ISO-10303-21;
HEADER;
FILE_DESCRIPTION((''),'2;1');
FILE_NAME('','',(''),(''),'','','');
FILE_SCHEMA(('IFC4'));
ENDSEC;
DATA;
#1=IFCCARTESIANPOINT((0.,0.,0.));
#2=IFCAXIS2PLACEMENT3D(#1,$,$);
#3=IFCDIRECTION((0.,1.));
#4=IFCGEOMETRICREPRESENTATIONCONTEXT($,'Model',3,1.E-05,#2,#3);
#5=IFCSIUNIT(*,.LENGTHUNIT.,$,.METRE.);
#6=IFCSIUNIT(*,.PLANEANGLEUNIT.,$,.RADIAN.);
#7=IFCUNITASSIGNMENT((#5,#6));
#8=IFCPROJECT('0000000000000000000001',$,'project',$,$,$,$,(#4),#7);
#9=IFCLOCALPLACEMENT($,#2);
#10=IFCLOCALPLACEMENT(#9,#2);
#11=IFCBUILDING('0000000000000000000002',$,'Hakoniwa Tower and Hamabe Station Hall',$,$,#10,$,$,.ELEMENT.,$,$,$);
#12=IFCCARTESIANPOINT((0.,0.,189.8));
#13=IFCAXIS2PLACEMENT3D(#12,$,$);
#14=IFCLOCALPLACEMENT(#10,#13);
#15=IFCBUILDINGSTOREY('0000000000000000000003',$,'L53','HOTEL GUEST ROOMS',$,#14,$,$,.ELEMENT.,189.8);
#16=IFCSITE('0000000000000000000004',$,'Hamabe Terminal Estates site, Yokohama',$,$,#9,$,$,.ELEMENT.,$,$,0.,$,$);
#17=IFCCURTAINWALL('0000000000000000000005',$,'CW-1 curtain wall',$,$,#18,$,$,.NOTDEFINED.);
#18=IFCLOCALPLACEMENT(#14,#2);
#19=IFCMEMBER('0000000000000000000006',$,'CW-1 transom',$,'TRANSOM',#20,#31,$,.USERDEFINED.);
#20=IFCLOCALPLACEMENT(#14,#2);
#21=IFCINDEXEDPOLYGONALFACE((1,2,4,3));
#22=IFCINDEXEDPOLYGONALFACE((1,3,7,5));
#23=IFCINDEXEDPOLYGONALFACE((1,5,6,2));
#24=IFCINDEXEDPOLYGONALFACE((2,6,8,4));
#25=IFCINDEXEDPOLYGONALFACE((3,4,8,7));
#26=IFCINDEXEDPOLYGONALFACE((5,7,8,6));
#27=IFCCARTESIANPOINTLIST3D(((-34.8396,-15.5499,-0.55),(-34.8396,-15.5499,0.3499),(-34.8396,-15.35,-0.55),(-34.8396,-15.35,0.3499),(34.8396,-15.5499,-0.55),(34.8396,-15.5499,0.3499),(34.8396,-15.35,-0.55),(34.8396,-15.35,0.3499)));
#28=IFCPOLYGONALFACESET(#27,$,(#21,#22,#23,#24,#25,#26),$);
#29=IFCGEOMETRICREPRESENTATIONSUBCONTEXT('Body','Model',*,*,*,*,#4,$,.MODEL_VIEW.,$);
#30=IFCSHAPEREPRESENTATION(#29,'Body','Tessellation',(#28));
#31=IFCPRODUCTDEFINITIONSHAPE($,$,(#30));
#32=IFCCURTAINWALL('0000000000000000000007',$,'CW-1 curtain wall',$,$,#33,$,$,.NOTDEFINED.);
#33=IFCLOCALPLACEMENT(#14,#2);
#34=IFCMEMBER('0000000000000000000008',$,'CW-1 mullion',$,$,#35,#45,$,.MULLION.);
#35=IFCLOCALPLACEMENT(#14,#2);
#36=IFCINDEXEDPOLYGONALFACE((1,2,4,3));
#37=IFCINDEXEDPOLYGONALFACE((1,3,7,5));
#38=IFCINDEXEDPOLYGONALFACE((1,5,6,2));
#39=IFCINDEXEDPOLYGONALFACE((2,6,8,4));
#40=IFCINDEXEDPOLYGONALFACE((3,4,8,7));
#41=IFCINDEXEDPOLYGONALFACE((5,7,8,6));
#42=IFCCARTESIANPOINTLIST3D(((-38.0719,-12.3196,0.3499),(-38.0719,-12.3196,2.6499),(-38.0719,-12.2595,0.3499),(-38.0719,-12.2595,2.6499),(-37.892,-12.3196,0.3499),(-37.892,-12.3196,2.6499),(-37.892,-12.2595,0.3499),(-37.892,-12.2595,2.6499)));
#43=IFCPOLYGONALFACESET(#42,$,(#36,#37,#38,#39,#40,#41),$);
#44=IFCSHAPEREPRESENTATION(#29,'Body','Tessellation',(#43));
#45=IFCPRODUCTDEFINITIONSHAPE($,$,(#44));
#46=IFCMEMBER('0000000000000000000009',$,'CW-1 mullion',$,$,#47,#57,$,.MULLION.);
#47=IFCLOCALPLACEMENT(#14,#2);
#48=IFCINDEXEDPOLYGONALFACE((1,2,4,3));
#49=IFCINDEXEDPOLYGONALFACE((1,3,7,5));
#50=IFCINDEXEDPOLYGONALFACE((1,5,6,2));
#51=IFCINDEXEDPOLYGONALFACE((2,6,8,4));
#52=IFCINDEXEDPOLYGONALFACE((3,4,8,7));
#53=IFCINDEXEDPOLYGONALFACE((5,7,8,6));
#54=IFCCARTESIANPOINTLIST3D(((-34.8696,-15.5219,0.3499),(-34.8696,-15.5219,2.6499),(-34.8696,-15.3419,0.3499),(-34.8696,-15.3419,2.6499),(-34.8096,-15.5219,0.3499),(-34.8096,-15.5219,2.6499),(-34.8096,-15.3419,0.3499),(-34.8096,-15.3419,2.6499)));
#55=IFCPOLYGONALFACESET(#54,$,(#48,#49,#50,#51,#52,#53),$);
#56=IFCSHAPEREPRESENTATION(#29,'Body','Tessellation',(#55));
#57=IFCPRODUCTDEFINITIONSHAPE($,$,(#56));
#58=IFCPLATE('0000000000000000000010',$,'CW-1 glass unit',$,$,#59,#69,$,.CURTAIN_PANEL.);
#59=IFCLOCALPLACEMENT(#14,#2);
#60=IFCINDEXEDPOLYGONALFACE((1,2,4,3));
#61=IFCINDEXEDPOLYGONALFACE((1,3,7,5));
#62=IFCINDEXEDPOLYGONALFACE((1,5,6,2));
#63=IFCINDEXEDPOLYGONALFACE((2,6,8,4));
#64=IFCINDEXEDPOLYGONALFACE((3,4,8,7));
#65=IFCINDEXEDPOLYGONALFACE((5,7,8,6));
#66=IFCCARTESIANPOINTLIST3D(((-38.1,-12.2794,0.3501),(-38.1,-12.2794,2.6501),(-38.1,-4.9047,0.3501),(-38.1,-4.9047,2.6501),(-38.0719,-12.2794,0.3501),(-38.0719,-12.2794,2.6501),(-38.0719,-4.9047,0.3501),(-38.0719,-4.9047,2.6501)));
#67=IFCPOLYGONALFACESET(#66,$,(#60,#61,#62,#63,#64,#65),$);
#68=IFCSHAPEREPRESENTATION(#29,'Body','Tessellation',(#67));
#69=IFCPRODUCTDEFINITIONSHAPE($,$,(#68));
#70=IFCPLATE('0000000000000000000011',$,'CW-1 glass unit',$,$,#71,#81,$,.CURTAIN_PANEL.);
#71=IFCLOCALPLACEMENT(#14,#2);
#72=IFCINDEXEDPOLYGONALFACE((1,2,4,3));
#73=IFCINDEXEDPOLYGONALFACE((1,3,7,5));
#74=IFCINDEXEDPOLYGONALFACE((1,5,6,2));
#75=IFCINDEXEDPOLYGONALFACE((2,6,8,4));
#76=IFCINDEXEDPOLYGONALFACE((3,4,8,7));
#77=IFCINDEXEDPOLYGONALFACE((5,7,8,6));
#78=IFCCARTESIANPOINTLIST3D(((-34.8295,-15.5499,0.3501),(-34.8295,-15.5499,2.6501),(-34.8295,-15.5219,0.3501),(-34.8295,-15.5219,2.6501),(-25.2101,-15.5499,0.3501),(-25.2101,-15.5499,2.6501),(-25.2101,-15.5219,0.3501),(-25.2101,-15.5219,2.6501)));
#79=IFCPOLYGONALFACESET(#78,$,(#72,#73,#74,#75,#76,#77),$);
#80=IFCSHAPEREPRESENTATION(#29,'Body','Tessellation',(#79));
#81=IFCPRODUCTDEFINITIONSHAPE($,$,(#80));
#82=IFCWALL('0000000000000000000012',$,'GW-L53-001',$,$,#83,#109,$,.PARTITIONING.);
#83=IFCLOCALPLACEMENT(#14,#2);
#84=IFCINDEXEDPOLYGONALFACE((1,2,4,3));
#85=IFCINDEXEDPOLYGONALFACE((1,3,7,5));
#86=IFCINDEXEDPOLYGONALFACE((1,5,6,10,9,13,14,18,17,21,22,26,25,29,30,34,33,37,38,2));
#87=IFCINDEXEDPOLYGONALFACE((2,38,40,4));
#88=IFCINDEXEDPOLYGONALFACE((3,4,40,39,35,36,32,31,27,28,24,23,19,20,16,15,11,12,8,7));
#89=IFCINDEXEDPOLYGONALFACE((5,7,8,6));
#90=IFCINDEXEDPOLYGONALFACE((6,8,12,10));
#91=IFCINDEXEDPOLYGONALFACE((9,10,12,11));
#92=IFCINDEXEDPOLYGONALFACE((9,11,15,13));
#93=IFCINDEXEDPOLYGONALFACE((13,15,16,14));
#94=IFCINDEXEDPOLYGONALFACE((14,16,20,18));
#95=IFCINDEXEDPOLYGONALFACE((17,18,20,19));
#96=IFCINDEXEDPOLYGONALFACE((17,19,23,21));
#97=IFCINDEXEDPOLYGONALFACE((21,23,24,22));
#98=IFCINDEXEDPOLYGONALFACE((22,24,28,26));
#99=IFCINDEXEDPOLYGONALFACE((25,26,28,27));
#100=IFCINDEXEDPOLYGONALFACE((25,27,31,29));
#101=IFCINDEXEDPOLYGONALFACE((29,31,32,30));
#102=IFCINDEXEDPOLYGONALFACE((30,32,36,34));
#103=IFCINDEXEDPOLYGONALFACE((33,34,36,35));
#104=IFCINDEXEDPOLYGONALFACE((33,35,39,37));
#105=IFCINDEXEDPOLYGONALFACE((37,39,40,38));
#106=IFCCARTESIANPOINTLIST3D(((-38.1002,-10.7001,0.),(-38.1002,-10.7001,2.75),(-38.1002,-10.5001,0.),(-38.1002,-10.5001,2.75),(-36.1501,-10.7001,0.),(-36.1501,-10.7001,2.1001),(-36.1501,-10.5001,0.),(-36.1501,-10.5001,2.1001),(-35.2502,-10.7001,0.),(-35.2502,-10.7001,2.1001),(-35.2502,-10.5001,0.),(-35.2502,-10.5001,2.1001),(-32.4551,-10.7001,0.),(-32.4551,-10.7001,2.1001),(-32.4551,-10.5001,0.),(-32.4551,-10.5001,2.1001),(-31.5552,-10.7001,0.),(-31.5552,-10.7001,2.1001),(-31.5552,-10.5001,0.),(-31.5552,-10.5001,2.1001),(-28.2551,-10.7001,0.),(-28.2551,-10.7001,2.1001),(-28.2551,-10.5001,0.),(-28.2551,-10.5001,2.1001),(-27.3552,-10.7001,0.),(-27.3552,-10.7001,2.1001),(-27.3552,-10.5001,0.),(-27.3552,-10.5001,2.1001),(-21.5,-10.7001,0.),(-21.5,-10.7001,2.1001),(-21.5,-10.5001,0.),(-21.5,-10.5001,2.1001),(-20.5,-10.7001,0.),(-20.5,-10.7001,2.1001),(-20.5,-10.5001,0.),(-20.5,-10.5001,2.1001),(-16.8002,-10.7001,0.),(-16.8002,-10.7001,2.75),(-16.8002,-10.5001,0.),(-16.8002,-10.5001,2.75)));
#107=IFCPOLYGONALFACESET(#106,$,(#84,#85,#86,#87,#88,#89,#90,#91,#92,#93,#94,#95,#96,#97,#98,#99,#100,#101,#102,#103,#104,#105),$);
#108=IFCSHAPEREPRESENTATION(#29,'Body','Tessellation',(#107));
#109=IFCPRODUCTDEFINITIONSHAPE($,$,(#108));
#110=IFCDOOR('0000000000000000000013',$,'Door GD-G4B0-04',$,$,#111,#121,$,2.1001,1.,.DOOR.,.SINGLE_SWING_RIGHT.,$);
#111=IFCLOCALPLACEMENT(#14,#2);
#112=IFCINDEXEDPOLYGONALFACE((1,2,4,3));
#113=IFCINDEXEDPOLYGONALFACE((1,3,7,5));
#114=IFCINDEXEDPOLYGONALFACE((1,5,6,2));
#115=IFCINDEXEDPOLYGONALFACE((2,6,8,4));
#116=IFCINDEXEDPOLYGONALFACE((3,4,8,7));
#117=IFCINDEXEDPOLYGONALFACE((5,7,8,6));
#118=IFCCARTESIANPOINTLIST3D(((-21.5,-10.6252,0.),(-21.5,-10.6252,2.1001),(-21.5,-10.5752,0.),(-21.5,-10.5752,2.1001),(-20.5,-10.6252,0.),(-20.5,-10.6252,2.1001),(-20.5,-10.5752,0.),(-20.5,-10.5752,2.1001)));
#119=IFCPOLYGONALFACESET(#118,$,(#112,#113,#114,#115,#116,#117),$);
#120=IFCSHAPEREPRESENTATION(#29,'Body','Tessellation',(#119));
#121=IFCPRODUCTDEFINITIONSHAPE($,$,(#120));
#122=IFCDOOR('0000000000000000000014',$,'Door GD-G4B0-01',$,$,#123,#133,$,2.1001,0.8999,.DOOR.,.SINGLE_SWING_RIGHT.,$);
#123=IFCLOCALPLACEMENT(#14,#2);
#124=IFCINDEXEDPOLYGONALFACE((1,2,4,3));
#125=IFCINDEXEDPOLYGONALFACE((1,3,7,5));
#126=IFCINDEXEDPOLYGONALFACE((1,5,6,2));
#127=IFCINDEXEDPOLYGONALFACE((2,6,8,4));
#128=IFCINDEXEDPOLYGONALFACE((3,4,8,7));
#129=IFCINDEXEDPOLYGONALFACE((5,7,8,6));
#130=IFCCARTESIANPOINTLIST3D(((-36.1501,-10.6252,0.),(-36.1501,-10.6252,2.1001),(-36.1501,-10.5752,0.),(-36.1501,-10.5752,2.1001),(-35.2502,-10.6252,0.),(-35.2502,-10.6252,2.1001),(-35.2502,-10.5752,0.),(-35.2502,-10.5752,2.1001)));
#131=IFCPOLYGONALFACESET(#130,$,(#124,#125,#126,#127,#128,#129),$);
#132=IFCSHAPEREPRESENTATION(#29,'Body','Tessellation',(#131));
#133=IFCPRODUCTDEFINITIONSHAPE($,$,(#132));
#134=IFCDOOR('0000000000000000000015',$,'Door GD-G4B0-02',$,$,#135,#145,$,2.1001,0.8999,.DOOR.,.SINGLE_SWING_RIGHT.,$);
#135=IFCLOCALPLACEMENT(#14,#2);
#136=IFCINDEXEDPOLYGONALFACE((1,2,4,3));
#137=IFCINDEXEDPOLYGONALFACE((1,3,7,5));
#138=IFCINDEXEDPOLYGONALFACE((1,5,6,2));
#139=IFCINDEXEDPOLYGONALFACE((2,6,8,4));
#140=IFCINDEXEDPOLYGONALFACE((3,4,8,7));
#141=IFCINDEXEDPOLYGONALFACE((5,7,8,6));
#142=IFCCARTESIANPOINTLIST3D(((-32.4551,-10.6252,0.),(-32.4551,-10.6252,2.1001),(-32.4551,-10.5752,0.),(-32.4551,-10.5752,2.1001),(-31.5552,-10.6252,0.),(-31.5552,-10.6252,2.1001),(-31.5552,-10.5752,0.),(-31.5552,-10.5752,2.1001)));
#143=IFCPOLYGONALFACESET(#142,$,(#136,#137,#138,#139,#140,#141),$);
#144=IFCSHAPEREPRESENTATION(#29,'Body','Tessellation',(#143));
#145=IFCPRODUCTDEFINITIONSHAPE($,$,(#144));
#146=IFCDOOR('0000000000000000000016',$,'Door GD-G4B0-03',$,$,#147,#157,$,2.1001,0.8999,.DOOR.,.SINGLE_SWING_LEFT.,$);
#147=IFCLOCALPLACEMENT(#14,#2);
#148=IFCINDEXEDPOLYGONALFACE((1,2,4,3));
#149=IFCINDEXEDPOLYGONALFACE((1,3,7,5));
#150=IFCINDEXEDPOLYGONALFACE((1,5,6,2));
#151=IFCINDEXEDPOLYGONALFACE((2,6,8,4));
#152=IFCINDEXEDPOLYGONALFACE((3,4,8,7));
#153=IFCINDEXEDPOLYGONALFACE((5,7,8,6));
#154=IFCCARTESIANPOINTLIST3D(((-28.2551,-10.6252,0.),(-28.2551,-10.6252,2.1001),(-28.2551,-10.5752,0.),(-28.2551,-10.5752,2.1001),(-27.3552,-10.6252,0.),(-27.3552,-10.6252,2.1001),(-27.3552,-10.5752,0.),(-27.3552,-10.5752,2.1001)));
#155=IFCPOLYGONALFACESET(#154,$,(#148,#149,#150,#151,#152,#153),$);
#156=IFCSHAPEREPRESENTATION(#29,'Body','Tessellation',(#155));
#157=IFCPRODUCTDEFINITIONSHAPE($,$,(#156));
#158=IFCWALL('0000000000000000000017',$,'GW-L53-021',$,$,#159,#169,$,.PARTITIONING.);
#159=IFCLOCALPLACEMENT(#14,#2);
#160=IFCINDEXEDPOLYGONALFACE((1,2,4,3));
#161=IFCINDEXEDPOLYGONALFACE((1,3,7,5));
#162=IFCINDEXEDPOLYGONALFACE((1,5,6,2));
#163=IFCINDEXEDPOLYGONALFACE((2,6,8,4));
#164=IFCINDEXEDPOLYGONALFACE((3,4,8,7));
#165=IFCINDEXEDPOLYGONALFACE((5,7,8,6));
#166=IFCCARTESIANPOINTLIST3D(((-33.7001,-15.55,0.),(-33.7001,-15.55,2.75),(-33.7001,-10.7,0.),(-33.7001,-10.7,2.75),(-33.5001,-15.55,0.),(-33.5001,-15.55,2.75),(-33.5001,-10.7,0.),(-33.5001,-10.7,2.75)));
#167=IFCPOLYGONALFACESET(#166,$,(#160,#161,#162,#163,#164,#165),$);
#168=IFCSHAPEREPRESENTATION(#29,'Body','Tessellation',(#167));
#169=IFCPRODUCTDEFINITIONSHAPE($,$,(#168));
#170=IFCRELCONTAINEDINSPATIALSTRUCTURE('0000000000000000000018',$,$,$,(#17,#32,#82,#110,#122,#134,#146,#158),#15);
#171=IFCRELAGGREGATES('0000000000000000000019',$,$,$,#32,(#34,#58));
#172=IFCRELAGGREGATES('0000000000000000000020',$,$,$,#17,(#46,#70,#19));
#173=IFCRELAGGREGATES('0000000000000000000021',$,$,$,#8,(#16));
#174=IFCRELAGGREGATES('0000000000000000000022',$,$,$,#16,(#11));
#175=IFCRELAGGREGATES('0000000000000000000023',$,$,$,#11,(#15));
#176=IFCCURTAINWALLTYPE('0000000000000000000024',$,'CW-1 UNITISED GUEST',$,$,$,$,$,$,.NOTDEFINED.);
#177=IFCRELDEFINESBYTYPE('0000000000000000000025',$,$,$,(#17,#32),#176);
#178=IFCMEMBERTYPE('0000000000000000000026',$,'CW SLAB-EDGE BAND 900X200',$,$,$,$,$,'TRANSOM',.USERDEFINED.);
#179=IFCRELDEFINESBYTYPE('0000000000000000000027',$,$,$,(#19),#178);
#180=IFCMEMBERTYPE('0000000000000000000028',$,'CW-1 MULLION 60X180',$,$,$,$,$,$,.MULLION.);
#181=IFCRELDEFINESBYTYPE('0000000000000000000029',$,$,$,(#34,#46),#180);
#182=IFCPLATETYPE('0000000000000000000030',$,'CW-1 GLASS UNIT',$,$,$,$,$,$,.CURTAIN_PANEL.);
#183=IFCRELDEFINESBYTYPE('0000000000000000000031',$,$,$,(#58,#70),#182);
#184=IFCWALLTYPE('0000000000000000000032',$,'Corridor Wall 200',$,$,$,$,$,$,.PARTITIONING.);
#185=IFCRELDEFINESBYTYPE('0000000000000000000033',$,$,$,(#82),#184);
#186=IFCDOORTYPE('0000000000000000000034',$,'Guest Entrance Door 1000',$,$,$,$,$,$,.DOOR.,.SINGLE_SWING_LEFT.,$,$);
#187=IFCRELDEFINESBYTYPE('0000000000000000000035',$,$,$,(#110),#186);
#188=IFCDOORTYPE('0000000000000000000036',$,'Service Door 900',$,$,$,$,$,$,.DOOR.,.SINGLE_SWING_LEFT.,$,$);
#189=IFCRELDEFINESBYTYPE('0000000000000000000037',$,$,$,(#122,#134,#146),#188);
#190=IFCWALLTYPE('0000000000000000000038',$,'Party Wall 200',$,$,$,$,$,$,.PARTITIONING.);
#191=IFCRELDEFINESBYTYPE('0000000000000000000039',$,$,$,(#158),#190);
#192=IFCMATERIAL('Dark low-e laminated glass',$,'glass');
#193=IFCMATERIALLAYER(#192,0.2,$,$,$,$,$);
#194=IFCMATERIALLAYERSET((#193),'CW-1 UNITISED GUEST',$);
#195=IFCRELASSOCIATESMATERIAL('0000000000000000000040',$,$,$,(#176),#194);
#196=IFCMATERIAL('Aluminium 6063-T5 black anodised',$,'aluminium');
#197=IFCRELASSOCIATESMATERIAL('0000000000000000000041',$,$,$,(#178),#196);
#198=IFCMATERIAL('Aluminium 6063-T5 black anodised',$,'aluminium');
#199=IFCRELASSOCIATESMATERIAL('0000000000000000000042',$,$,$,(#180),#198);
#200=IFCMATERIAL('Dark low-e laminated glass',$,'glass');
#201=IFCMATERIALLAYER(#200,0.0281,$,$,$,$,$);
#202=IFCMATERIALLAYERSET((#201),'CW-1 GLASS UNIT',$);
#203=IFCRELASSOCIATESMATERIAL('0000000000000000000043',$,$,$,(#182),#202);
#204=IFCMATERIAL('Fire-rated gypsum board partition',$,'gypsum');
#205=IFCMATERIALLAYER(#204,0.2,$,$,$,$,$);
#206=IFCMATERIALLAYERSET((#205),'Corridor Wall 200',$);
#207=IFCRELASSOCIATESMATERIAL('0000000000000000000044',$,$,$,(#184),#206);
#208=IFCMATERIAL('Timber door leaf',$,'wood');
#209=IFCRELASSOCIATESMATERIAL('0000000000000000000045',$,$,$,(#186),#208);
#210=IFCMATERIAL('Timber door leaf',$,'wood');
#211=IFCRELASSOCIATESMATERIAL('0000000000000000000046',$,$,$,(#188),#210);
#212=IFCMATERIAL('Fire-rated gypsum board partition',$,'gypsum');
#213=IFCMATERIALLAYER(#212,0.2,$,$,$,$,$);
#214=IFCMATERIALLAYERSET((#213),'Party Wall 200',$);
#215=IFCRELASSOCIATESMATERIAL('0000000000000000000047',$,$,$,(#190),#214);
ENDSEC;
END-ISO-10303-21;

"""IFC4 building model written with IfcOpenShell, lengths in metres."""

from ifc_helpers import new_model, si_unit, direction, frame, frame_2d, origin, origin_2d, place, context, subcontext, project, spatial, rectangle, extrude, material, layer, layer_set, material_profile, profile_set, type_object, element, fill, aggregate, save


model = new_model("IFC4")

# Units and contexts
model_context = context("Model", 3, precision=1e-05, world=origin(), true_north=direction((0.0, 1.0)))
body_context = subcontext(model_context, "Body", "Model", "MODEL_VIEW")
ifc_project = project(units=[si_unit("LENGTHUNIT", "METRE"), si_unit("PLANEANGLEUNIT", "RADIAN")], contexts=[model_context])

# Site, building, storey
site_placement = place(None, origin())
site = spatial("IfcSite", under=ifc_project, at=site_placement, Name="Hamabe Terminal Estates site, Yokohama", CompositionType="ELEMENT", RefElevation=0.0)
building_placement = place(site_placement, origin())
building = spatial("IfcBuilding", under=site, at=building_placement, Name="Hakoniwa Tower and Hamabe Station Hall", CompositionType="ELEMENT")
storey_placement = place(building_placement, frame((0.0, 0.0, 189.8)))
storey = spatial("IfcBuildingStorey", under=building, at=storey_placement, Name="L53", Description="HOTEL GUEST ROOMS", CompositionType="ELEMENT", Elevation=189.8)

# Curtain walls, members
ifc_material_1 = material(Name="Dark low-e laminated glass", Category="glass")
ifc_layer_1 = layer(ifc_material_1, 0.2)
ifc_layer_set_1 = layer_set([ifc_layer_1], Name="CW-1 UNITISED GUEST")
curtain_wall_type = type_object("IfcCurtainWallType", Name="CW-1 UNITISED GUEST", PredefinedType="NOTDEFINED", material=ifc_layer_set_1)
curtain_wall_1_placement = place(storey_placement, origin())
curtain_wall_1 = element("IfcCurtainWall", 1, at=curtain_wall_1_placement, inside=storey, type_object=curtain_wall_type, Name="CW-1 curtain wall", PredefinedType="NOTDEFINED")
ifc_material_2 = material(Name="Aluminium 6063-T5 black anodised", Category="aluminium")
ifc_material_profile_1 = material_profile(ifc_material_2, rectangle(XDim=0.2, YDim=0.8999, at=origin_2d()), Name="CW SLAB-EDGE BAND 900X200")
ifc_profile_set_1 = profile_set([ifc_material_profile_1], Name="Aluminium 6063-T5 black anodised")
member_type_1 = type_object("IfcMemberType", Name="CW SLAB-EDGE BAND 900X200", ElementType="TRANSOM", PredefinedType="USERDEFINED", material=ifc_profile_set_1)
member_1_placement = place(storey_placement, frame((-34.8396, -15.45, -0.1001), z_axis=(1.0, 0.0, 0.0), x_axis=(0.0, 1.0, 0.0)))
member_1 = element("IfcMember", 2, at=member_1_placement, type_object=member_type_1, Name="CW-1 transom", ObjectType="TRANSOM", PredefinedType="USERDEFINED", context=body_context, shape_type="SweptSolid", body=[
    extrude(rectangle(XDim=0.2, YDim=0.8999, at=origin_2d()), origin(), (0.0, 0.0, 1.0), 69.6792),
])
curtain_wall_2_placement = place(storey_placement, origin())
curtain_wall_2 = element("IfcCurtainWall", 3, at=curtain_wall_2_placement, inside=storey, type_object=curtain_wall_type, Name="CW-1 curtain wall", PredefinedType="NOTDEFINED")
ifc_material_3 = material(Name="Aluminium 6063-T5 black anodised", Category="aluminium")
ifc_material_profile_2 = material_profile(ifc_material_3, rectangle(XDim=0.0601, YDim=0.1799, at=origin_2d()), Name="CW-1 MULLION 60X180")
ifc_profile_set_2 = profile_set([ifc_material_profile_2], Name="Aluminium 6063-T5 black anodised")
member_type_2 = type_object("IfcMemberType", Name="CW-1 MULLION 60X180", PredefinedType="MULLION", material=ifc_profile_set_2)
member_2_placement = place(storey_placement, frame((-37.9819, -12.2896, 0.3499), z_axis=(0.0, 0.0, 1.0), x_axis=(0.0, -1.0, 0.0)))
member_2 = element("IfcMember", 4, at=member_2_placement, type_object=member_type_2, Name="CW-1 mullion", PredefinedType="MULLION", context=body_context, shape_type="SweptSolid", body=[
    extrude(rectangle(XDim=0.0601, YDim=0.1799, at=origin_2d()), origin(), (0.0, 0.0, 1.0), 2.3),
])

# Member
member_3_placement = place(storey_placement, frame((-34.8396, -15.4319, 0.3499), z_axis=(0.0, 0.0, 1.0), x_axis=(1.0, 0.0, 0.0)))
member_3 = element("IfcMember", 5, at=member_3_placement, type_object=member_type_2, Name="CW-1 mullion", PredefinedType="MULLION", context=body_context, shape_type="SweptSolid", body=[
    extrude(rectangle(XDim=0.0601, YDim=0.1799, at=origin_2d()), origin(), (0.0, 0.0, 1.0), 2.3),
])

# Plates
ifc_material_4 = material(Name="Dark low-e laminated glass", Category="glass")
ifc_layer_2 = layer(ifc_material_4, 0.0281)
ifc_layer_set_2 = layer_set([ifc_layer_2], Name="CW-1 GLASS UNIT")
plate_type = type_object("IfcPlateType", Name="CW-1 GLASS UNIT", PredefinedType="CURTAIN_PANEL", material=ifc_layer_set_2)
plate_1_placement = place(storey_placement, frame((-38.0859, -8.592, 0.3501), z_axis=(0.0, 0.0, 1.0), x_axis=(0.0, -1.0, 0.0)))
plate_1 = element("IfcPlate", 6, at=plate_1_placement, type_object=plate_type, Name="CW-1 glass unit", PredefinedType="CURTAIN_PANEL", context=body_context, shape_type="SweptSolid", body=[
    extrude(rectangle(XDim=7.3748, YDim=0.0281, at=origin_2d()), origin(), (0.0, 0.0, 1.0), 2.3),
])
aggregate(curtain_wall_2, [member_2, plate_1])
plate_2_placement = place(storey_placement, frame((-30.0198, -15.5359, 0.3501), z_axis=(0.0, 0.0, 1.0), x_axis=(1.0, 0.0, 0.0)))
plate_2 = element("IfcPlate", 7, at=plate_2_placement, type_object=plate_type, Name="CW-1 glass unit", PredefinedType="CURTAIN_PANEL", context=body_context, shape_type="SweptSolid", body=[
    extrude(rectangle(XDim=9.6194, YDim=0.0281, at=origin_2d()), origin(), (0.0, 0.0, 1.0), 2.3),
])
aggregate(curtain_wall_1, [member_3, plate_2, member_1])

# Wall, openings, doors
ifc_material_5 = material(Name="Fire-rated gypsum board partition", Category="gypsum")
ifc_layer_3 = layer(ifc_material_5, 0.2)
ifc_layer_set_3 = layer_set([ifc_layer_3], Name="Corridor Wall 200")
wall_type_1 = type_object("IfcWallType", Name="Corridor Wall 200", PredefinedType="PARTITIONING", material=ifc_layer_set_3)
wall_placement = place(storey_placement, frame((-38.1001, -10.6001, 0.0), z_axis=(0.0, 0.0, 1.0), x_axis=(1.0, 0.0, 0.0)))
wall = element("IfcWall", 8, at=wall_placement, inside=storey, type_object=wall_type_1, Name="GW-L53-001", PredefinedType="PARTITIONING", context=body_context, shape_type="SweptSolid", body=[
    extrude(rectangle(XDim=21.3, YDim=0.2, at=frame_2d((10.6499, 0.0))), origin(), (0.0, 0.0, 1.0), 2.75),
])
opening_1_placement = place(wall_placement, frame((1.95, 0.0, 0.0)))
opening_1 = element("IfcOpeningElement", 9, at=opening_1_placement, cuts=wall, PredefinedType="OPENING", context=body_context, shape_type="SweptSolid", body=[
    extrude(rectangle(XDim=0.8999, YDim=2.1001, at=frame_2d((0.45, 1.05))), frame((0.0, 0.1099, 0.0), z_axis=(0.0, -1.0, 0.0), x_axis=(1.0, 0.0, 0.0)), (0.0, 0.0, 1.0), 0.22),
])
opening_2_placement = place(wall_placement, frame((5.645, 0.0, 0.0)))
opening_2 = element("IfcOpeningElement", 10, at=opening_2_placement, cuts=wall, PredefinedType="OPENING", context=body_context, shape_type="SweptSolid", body=[
    extrude(rectangle(XDim=0.8999, YDim=2.1001, at=frame_2d((0.45, 1.05))), frame((0.0, 0.1099, 0.0), z_axis=(0.0, -1.0, 0.0), x_axis=(1.0, 0.0, 0.0)), (0.0, 0.0, 1.0), 0.22),
])
opening_3_placement = place(wall_placement, frame((9.845, 0.0, 0.0)))
opening_3 = element("IfcOpeningElement", 11, at=opening_3_placement, cuts=wall, PredefinedType="OPENING", context=body_context, shape_type="SweptSolid", body=[
    extrude(rectangle(XDim=0.8999, YDim=2.1001, at=frame_2d((0.45, 1.05))), frame((0.0, 0.1099, 0.0), z_axis=(0.0, -1.0, 0.0), x_axis=(1.0, 0.0, 0.0)), (0.0, 0.0, 1.0), 0.22),
])
opening_4_placement = place(wall_placement, frame((16.6001, 0.0, 0.0)))
opening_4 = element("IfcOpeningElement", 12, at=opening_4_placement, cuts=wall, PredefinedType="OPENING", context=body_context, shape_type="SweptSolid", body=[
    extrude(rectangle(XDim=1.0, YDim=2.1001, at=frame_2d((0.5, 1.05))), frame((0.0, 0.1099, 0.0), z_axis=(0.0, -1.0, 0.0), x_axis=(1.0, 0.0, 0.0)), (0.0, 0.0, 1.0), 0.22),
])
ifc_material_6 = material(Name="Timber door leaf", Category="wood")
door_type_1 = type_object("IfcDoorType", Name="Guest Entrance Door 1000", OperationType="SINGLE_SWING_LEFT", PredefinedType="DOOR", material=ifc_material_6)
door_1_placement = place(opening_4_placement, origin())
door_1 = element("IfcDoor", 13, at=door_1_placement, inside=storey, type_object=door_type_1, Name="Door GD-G4B0-04", OperationType="SINGLE_SWING_RIGHT", OverallHeight=2.1001, OverallWidth=1.0, PredefinedType="DOOR", context=body_context, shape_type="SweptSolid", body=[
    extrude(rectangle(XDim=1.0, YDim=2.1001, at=frame_2d((0.5, 1.05))), frame((0.0, 0.0249, 0.0), z_axis=(0.0, -1.0, 0.0), x_axis=(1.0, 0.0, 0.0)), (0.0, 0.0, 1.0), 0.05),
])
fill(opening_4, door_1)
ifc_material_7 = material(Name="Timber door leaf", Category="wood")
door_type_2 = type_object("IfcDoorType", Name="Service Door 900", OperationType="SINGLE_SWING_LEFT", PredefinedType="DOOR", material=ifc_material_7)
door_2_placement = place(opening_1_placement, origin())
door_2 = element("IfcDoor", 14, at=door_2_placement, inside=storey, type_object=door_type_2, Name="Door GD-G4B0-01", OperationType="SINGLE_SWING_RIGHT", OverallHeight=2.1001, OverallWidth=0.8999, PredefinedType="DOOR", context=body_context, shape_type="SweptSolid", body=[
    extrude(rectangle(XDim=0.8999, YDim=2.1001, at=frame_2d((0.45, 1.05))), frame((0.0, 0.0249, 0.0), z_axis=(0.0, -1.0, 0.0), x_axis=(1.0, 0.0, 0.0)), (0.0, 0.0, 1.0), 0.05),
])
fill(opening_1, door_2)
door_3_placement = place(opening_2_placement, origin())
door_3 = element("IfcDoor", 15, at=door_3_placement, inside=storey, type_object=door_type_2, Name="Door GD-G4B0-02", OperationType="SINGLE_SWING_RIGHT", OverallHeight=2.1001, OverallWidth=0.8999, PredefinedType="DOOR", context=body_context, shape_type="SweptSolid", body=[
    extrude(rectangle(XDim=0.8999, YDim=2.1001, at=frame_2d((0.45, 1.05))), frame((0.0, 0.0249, 0.0), z_axis=(0.0, -1.0, 0.0), x_axis=(1.0, 0.0, 0.0)), (0.0, 0.0, 1.0), 0.05),
])
fill(opening_2, door_3)
door_4_placement = place(opening_3_placement, origin())
door_4 = element("IfcDoor", 16, at=door_4_placement, inside=storey, type_object=door_type_2, Name="Door GD-G4B0-03", OperationType="SINGLE_SWING_LEFT", OverallHeight=2.1001, OverallWidth=0.8999, PredefinedType="DOOR", context=body_context, shape_type="SweptSolid", body=[
    extrude(rectangle(XDim=0.8999, YDim=2.1001, at=frame_2d((0.45, 1.05))), frame((0.0, 0.0249, 0.0), z_axis=(0.0, -1.0, 0.0), x_axis=(1.0, 0.0, 0.0)), (0.0, 0.0, 1.0), 0.05),
])
fill(opening_3, door_4)

# Wall
ifc_material_8 = material(Name="Fire-rated gypsum board partition", Category="gypsum")
ifc_layer_4 = layer(ifc_material_8, 0.2)
ifc_layer_set_4 = layer_set([ifc_layer_4], Name="Party Wall 200")
wall_type_2 = type_object("IfcWallType", Name="Party Wall 200", PredefinedType="PARTITIONING", material=ifc_layer_set_4)
for number, where, z_axis, x_axis, name in (
    (17, (-33.6001, -15.55, 0.0), (0.0, 0.0, 1.0), (0.0, 1.0, 0.0), "GW-L53-021"),
):
    element("IfcWall", number, at=place(storey_placement, frame(where, z_axis=z_axis, x_axis=x_axis)), inside=storey, type_object=wall_type_2, Name=name, PredefinedType="PARTITIONING", context=body_context, shape_type="SweptSolid", body=[
        extrude(rectangle(XDim=4.8501, YDim=0.2, at=frame_2d((2.425, 0.0))), origin(), (0.0, 0.0, 1.0), 2.75),
    ])

save(model, "model.ifc")
